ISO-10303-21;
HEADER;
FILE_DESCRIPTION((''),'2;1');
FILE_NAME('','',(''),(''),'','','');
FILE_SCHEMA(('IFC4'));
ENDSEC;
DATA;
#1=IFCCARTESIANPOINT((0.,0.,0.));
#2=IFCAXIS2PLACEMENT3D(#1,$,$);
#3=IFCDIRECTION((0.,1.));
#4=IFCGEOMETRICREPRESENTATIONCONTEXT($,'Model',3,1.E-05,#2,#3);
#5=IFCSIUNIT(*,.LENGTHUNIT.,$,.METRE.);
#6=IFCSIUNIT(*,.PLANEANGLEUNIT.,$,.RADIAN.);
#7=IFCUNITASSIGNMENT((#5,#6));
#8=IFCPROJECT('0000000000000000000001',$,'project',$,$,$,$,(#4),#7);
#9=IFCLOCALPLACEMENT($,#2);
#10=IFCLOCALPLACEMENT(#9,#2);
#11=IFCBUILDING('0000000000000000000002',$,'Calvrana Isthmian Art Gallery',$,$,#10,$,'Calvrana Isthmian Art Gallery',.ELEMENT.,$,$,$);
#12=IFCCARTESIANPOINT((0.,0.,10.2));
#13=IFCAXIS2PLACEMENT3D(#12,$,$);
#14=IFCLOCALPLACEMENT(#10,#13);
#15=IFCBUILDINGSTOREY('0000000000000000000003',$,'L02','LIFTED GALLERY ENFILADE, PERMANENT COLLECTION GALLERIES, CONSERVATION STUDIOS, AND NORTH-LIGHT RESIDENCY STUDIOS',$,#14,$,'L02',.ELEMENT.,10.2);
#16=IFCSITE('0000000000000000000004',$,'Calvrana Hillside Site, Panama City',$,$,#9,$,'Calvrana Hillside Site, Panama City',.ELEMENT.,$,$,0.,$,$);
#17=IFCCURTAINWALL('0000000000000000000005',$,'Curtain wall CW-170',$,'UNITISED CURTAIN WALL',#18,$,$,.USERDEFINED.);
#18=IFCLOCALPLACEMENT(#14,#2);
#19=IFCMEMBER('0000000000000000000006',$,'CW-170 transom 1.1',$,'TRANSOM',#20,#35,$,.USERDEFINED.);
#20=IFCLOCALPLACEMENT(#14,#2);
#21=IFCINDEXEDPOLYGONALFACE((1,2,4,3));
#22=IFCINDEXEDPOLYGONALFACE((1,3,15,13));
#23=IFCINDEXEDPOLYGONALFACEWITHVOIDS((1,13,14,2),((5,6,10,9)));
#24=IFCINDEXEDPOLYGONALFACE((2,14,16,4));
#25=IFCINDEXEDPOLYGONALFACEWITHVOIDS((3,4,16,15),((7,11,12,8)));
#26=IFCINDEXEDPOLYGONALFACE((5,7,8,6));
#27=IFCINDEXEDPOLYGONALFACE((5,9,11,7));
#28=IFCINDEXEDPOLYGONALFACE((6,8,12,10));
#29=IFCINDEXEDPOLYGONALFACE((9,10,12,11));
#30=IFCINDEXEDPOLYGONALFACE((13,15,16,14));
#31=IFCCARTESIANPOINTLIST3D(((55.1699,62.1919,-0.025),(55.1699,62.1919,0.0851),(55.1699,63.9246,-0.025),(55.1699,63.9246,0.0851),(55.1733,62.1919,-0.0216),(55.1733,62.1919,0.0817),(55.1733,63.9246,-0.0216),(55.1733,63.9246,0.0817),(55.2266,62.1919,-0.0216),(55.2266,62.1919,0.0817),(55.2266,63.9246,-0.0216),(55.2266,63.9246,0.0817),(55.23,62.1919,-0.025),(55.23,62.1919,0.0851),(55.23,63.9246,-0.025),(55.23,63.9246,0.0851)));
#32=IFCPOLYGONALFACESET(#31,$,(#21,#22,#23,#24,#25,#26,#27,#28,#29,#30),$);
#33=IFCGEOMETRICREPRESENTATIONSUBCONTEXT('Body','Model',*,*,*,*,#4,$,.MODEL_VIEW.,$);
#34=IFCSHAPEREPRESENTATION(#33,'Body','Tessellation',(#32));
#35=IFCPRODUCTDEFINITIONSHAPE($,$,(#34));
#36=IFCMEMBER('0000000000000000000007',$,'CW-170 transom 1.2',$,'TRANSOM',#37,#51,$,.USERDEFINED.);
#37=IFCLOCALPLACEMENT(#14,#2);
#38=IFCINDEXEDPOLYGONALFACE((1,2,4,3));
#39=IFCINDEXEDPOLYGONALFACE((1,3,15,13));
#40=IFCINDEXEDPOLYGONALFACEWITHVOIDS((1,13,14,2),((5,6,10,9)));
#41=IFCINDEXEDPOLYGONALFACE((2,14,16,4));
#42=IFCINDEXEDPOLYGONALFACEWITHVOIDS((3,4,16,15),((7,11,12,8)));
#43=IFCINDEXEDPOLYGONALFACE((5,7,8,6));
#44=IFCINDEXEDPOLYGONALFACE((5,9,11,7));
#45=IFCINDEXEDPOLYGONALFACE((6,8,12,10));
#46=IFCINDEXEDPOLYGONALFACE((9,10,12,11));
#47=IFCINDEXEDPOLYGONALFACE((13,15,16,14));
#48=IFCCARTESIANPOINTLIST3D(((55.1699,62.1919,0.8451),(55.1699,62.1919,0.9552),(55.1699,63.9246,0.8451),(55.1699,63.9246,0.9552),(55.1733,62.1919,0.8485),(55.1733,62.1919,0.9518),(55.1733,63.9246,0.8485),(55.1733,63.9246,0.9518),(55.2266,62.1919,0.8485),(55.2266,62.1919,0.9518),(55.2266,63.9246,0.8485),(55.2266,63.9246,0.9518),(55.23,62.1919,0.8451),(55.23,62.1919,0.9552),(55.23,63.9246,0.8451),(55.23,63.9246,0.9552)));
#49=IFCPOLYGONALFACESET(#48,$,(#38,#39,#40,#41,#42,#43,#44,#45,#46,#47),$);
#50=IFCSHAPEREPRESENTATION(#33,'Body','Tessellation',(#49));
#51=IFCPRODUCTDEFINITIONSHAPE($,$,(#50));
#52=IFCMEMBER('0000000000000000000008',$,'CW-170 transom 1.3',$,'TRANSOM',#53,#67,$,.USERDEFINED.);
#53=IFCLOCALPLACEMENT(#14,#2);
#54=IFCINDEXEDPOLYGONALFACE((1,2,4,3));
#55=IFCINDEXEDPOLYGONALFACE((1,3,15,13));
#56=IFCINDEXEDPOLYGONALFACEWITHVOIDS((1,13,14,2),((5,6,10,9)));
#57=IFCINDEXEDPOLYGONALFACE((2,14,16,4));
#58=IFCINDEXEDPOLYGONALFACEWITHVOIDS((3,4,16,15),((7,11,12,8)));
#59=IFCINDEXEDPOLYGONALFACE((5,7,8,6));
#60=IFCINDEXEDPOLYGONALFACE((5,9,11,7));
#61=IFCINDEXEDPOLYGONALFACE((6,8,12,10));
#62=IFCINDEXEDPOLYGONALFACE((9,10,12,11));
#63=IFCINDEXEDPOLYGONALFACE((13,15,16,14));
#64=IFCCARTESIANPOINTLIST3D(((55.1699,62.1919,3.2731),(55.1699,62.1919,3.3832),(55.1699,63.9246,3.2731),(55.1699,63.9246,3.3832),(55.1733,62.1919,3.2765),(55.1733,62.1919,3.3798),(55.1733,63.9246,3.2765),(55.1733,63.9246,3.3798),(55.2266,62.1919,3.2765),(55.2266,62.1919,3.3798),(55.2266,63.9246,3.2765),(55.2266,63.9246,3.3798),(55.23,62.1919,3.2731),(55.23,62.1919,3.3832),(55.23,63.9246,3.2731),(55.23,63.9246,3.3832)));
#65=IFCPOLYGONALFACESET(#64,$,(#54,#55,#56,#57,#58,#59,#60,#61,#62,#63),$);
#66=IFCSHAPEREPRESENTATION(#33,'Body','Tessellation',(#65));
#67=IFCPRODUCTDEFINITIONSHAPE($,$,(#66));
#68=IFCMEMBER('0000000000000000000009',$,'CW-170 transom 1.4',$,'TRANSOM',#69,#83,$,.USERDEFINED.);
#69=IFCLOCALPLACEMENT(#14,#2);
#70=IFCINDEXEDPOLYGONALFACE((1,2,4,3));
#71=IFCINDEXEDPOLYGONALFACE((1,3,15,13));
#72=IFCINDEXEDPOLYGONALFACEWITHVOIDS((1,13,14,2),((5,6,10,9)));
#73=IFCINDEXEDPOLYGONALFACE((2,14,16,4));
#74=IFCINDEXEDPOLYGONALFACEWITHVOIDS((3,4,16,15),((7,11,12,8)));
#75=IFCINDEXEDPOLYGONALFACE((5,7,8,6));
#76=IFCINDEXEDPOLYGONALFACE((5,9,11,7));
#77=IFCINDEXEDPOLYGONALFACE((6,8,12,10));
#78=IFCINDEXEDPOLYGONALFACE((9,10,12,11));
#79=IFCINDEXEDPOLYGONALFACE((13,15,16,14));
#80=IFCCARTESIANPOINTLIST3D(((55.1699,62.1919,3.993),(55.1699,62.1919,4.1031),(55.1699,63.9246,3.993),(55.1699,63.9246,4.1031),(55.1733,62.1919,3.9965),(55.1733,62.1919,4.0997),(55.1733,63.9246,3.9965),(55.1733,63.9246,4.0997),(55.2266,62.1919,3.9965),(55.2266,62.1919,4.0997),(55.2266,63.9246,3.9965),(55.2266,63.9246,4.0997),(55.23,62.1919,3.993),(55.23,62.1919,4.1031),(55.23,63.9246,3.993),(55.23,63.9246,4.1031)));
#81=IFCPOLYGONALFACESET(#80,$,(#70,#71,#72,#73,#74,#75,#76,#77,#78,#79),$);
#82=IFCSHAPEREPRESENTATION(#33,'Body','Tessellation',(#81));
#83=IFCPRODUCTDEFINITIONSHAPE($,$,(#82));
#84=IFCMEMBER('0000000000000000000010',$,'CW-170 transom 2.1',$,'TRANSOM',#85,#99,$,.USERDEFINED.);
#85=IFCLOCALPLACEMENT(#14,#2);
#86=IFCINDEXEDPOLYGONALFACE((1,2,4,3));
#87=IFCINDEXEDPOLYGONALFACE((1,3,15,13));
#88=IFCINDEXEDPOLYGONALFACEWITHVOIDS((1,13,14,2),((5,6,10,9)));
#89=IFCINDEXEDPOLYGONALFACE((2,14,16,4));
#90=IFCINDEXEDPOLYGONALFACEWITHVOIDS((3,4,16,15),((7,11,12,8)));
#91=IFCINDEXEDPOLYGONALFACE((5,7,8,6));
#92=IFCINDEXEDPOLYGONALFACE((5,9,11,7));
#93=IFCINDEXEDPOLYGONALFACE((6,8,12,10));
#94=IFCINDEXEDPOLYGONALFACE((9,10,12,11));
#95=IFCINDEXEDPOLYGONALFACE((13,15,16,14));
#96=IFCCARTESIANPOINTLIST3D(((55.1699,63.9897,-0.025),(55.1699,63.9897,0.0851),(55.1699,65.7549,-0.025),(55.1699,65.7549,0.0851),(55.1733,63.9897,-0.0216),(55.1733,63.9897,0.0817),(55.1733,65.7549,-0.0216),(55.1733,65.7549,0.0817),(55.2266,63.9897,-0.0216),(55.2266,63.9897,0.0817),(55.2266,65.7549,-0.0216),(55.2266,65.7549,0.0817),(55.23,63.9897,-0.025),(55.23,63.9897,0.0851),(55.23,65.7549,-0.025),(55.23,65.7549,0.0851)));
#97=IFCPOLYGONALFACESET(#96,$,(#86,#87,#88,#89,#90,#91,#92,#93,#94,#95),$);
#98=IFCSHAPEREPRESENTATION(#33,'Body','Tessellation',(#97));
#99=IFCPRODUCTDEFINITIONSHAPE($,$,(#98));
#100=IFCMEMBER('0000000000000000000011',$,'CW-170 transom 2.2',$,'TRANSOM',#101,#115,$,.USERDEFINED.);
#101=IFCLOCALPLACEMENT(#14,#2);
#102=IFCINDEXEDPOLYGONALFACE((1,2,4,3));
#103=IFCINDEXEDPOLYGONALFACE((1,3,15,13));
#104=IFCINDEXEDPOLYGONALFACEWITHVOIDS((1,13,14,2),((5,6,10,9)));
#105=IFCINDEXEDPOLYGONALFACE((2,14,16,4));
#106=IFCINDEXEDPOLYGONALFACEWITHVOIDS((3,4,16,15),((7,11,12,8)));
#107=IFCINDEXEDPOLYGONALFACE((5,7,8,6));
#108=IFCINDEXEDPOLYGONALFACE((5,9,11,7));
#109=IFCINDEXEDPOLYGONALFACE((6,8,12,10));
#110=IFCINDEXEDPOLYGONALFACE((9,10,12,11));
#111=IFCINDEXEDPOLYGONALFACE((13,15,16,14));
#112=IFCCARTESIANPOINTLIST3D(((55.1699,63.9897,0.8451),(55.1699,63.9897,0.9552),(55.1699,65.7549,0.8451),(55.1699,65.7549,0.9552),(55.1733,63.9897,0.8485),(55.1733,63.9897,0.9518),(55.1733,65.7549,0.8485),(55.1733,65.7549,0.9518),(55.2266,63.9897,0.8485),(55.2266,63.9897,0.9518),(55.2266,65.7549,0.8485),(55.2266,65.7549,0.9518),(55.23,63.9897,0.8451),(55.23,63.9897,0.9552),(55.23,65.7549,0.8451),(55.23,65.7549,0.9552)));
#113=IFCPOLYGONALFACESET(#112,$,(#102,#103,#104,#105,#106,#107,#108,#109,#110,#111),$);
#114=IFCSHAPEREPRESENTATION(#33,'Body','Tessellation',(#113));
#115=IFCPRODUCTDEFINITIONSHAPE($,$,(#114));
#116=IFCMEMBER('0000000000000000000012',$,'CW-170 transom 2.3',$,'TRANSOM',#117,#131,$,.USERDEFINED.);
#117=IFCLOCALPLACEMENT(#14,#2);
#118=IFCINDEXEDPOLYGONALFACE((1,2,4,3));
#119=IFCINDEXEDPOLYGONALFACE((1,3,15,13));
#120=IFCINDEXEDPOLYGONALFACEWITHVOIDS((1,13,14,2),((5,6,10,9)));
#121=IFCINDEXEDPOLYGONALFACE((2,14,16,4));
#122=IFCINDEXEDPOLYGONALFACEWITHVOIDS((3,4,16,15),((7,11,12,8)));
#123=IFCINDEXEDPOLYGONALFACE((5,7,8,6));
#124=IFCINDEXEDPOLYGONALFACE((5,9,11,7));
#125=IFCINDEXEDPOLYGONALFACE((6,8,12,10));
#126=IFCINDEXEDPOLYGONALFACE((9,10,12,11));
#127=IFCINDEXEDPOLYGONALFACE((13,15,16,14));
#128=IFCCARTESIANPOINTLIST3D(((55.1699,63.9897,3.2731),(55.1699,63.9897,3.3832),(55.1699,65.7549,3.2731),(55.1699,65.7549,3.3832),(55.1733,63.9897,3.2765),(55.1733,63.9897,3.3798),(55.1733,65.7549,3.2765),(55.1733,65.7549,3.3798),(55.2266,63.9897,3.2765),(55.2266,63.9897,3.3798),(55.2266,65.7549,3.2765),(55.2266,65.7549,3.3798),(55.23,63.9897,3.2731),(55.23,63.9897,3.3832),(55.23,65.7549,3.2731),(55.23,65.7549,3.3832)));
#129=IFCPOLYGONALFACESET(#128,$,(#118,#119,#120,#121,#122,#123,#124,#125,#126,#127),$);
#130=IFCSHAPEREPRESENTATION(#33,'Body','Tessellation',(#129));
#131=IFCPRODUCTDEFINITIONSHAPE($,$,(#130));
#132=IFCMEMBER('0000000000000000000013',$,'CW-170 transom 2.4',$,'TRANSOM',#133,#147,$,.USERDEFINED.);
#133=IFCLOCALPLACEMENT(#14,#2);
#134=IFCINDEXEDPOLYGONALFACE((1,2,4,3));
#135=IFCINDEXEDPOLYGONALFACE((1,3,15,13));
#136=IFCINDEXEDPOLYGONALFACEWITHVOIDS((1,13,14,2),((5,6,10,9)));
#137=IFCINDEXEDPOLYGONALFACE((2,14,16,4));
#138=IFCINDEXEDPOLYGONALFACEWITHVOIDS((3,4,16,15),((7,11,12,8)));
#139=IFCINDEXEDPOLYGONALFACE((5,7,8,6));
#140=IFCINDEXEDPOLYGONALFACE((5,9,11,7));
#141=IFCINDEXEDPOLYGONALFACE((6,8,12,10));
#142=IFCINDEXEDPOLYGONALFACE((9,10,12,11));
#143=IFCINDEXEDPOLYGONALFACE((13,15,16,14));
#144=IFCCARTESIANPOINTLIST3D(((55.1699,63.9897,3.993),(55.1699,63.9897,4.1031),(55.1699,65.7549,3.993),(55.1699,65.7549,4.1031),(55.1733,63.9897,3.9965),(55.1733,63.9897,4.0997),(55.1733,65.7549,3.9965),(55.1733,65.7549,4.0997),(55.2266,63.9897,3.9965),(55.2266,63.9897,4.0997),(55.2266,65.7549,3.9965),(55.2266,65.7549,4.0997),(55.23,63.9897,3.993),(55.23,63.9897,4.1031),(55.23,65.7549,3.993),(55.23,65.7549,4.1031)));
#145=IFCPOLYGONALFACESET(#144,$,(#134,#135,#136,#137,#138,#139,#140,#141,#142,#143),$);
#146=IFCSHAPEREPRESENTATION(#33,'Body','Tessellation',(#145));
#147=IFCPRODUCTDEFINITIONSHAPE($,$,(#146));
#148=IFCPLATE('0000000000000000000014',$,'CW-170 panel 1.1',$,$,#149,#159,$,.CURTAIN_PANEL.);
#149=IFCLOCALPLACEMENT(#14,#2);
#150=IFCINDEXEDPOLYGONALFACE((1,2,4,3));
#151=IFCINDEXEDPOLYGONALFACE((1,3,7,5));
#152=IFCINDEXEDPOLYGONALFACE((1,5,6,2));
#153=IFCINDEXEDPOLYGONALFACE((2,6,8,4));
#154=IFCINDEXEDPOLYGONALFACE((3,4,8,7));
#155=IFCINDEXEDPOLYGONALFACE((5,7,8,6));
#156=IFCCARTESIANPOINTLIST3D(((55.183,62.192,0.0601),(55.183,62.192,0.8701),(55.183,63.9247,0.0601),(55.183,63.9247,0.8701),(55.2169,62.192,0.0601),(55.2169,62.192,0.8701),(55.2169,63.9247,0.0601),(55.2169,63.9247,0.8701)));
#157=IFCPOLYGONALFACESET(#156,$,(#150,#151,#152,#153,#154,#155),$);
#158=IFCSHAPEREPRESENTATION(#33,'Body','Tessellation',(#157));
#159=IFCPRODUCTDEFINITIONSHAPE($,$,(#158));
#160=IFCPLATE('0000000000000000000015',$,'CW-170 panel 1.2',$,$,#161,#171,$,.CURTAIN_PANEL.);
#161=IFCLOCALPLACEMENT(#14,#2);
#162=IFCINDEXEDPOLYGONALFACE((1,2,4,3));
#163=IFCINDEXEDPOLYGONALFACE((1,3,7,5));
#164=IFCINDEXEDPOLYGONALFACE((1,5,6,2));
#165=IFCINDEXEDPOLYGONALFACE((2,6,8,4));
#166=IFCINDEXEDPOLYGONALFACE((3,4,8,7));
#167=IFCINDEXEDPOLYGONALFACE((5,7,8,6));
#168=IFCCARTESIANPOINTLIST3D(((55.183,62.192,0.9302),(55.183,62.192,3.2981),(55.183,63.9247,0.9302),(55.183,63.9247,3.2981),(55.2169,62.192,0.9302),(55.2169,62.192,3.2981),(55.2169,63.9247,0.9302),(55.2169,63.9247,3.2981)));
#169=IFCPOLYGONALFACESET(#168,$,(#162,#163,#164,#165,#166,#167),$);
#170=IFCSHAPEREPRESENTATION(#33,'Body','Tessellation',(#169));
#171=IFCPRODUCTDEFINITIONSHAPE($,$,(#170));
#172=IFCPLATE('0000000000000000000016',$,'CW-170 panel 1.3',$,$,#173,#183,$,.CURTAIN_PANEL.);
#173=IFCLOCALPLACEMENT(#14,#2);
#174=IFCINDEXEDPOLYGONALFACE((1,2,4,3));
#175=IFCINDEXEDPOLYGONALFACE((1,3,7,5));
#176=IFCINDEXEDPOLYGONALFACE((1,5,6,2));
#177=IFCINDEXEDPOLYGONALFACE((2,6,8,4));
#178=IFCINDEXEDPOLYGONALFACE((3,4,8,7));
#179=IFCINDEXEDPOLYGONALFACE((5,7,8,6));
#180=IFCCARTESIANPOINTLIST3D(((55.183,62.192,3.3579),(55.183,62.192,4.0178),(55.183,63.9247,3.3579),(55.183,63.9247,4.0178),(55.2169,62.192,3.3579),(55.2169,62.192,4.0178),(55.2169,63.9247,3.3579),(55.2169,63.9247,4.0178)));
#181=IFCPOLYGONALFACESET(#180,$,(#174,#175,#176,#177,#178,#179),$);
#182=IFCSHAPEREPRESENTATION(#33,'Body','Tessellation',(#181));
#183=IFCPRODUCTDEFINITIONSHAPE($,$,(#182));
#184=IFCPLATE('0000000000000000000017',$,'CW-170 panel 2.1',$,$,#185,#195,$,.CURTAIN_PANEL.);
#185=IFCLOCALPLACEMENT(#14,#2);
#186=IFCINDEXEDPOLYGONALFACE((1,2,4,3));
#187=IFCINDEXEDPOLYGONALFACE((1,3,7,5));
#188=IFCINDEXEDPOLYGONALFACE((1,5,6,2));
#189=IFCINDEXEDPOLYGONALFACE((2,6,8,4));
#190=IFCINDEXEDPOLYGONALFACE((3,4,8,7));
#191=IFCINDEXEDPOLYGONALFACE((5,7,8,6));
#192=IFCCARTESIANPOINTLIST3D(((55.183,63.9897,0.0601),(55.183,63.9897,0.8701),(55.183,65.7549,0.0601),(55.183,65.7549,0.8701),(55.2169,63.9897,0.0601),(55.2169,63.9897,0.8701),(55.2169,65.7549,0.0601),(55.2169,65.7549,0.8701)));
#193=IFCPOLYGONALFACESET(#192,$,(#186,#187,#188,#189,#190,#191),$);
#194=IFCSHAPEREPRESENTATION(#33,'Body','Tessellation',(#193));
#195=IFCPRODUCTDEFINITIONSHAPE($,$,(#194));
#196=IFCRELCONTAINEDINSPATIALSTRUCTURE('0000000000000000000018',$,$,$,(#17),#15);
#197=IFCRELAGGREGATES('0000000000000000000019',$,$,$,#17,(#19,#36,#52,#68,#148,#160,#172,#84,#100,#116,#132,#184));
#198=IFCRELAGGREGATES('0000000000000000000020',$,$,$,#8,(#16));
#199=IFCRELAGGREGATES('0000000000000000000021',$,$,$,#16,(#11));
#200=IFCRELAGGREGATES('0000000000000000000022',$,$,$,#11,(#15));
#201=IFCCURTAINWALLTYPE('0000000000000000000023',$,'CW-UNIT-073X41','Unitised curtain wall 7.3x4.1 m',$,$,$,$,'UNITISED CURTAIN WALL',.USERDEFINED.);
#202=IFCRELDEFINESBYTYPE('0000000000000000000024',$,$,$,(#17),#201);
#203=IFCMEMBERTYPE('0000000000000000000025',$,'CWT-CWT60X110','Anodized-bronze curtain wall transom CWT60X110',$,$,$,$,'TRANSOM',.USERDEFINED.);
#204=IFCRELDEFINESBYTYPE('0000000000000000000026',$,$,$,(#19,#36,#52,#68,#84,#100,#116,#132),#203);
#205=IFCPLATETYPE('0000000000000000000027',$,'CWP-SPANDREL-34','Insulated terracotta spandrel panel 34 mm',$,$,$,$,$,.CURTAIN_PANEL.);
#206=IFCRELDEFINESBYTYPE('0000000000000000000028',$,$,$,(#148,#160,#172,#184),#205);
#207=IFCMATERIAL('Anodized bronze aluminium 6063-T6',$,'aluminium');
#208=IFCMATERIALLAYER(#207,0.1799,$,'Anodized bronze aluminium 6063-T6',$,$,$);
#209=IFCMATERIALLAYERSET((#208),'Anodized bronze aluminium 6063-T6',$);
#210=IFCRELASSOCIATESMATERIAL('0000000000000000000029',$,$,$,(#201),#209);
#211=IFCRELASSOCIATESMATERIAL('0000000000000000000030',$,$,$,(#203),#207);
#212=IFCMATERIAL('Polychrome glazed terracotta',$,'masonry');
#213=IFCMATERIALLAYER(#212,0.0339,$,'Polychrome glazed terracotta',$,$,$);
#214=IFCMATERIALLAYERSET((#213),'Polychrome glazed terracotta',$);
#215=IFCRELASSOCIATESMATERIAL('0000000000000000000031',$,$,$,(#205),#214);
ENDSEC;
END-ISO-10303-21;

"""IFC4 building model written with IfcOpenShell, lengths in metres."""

from ifc_helpers import new_model, si_unit, direction, frame, origin, origin_2d, place, context, subcontext, project, spatial, rectangle, hollow_rectangle, extrude, material, layer, layer_set, material_profile, profile_set, type_object, element, aggregate, save


model = new_model("IFC4")

# Units and contexts
model_context = context("Model", 3, precision=1e-05, world=origin(), true_north=direction((0.0, 1.0)))
body_context = subcontext(model_context, "Body", "Model", "MODEL_VIEW")
ifc_project = project(units=[si_unit("LENGTHUNIT", "METRE"), si_unit("PLANEANGLEUNIT", "RADIAN")], contexts=[model_context])

# Site, building, storey
site_placement = place(None, origin())
site = spatial("IfcSite", under=ifc_project, at=site_placement, Name="Calvrana Hillside Site, Panama City", LongName="Calvrana Hillside Site, Panama City", CompositionType="ELEMENT", RefElevation=0.0)
building_placement = place(site_placement, origin())
building = spatial("IfcBuilding", under=site, at=building_placement, Name="Calvrana Isthmian Art Gallery", LongName="Calvrana Isthmian Art Gallery", CompositionType="ELEMENT")
storey_placement = place(building_placement, frame((0.0, 0.0, 10.2)))
storey = spatial("IfcBuildingStorey", under=building, at=storey_placement, Name="L02", Description="LIFTED GALLERY ENFILADE, PERMANENT COLLECTION GALLERIES, CONSERVATION STUDIOS, AND NORTH-LIGHT RESIDENCY STUDIOS", LongName="L02", CompositionType="ELEMENT", Elevation=10.2)

# Curtain wall, members, plates
ifc_material_1 = material(Name="Anodized bronze aluminium 6063-T6", Category="aluminium")
ifc_layer_1 = layer(ifc_material_1, 0.1799, Name="Anodized bronze aluminium 6063-T6")
ifc_layer_set_1 = layer_set([ifc_layer_1], Name="Anodized bronze aluminium 6063-T6")
curtain_wall_type = type_object("IfcCurtainWallType", Name="CW-UNIT-073X41", Description="Unitised curtain wall 7.3x4.1 m", ElementType="UNITISED CURTAIN WALL", PredefinedType="USERDEFINED", material=ifc_layer_set_1)
curtain_wall_placement = place(storey_placement, origin())
curtain_wall = element("IfcCurtainWall", 1, at=curtain_wall_placement, inside=storey, type_object=curtain_wall_type, Name="Curtain wall CW-170", ObjectType="UNITISED CURTAIN WALL", PredefinedType="USERDEFINED")
ifc_material_profile_1 = material_profile(ifc_material_1, hollow_rectangle(XDim=0.0601, YDim=0.1101, WallThickness=0.0034, at=origin_2d()), Name="CWT60X110")
ifc_profile_set_1 = profile_set([ifc_material_profile_1], Name="Anodized bronze aluminium 6063-T6")
member_type_1 = type_object("IfcMemberType", Name="CWT-CWT60X110", Description="Anodized-bronze curtain wall transom CWT60X110", ElementType="TRANSOM", PredefinedType="USERDEFINED", material=ifc_profile_set_1)
member_1_placement = place(storey_placement, frame((55.2, 62.1919, 0.03), z_axis=(0.0, 1.0, 0.0), x_axis=(-1.0, 0.0, 0.0)))
member_1 = element("IfcMember", 2, at=member_1_placement, type_object=member_type_1, Name="CW-170 transom 1.1", ObjectType="TRANSOM", PredefinedType="USERDEFINED", context=body_context, shape_type="SweptSolid", body=[
    extrude(hollow_rectangle(XDim=0.0601, YDim=0.1101, WallThickness=0.0034, at=origin_2d()), origin(), (0.0, 0.0, 1.0), 1.7327),
])
member_2_placement = place(storey_placement, frame((55.2, 62.1919, 0.9001), z_axis=(0.0, 1.0, 0.0), x_axis=(-1.0, 0.0, 0.0)))
member_2 = element("IfcMember", 3, at=member_2_placement, type_object=member_type_1, Name="CW-170 transom 1.2", ObjectType="TRANSOM", PredefinedType="USERDEFINED", context=body_context, shape_type="SweptSolid", body=[
    extrude(hollow_rectangle(XDim=0.0601, YDim=0.1101, WallThickness=0.0034, at=origin_2d()), origin(), (0.0, 0.0, 1.0), 1.7327),
])
member_3_placement = place(storey_placement, frame((55.2, 62.1919, 3.3281), z_axis=(0.0, 1.0, 0.0), x_axis=(-1.0, 0.0, 0.0)))
member_3 = element("IfcMember", 4, at=member_3_placement, type_object=member_type_1, Name="CW-170 transom 1.3", ObjectType="TRANSOM", PredefinedType="USERDEFINED", context=body_context, shape_type="SweptSolid", body=[
    extrude(hollow_rectangle(XDim=0.0601, YDim=0.1101, WallThickness=0.0034, at=origin_2d()), origin(), (0.0, 0.0, 1.0), 1.7327),
])
member_4_placement = place(storey_placement, frame((55.2, 62.1919, 4.0481), z_axis=(0.0, 1.0, 0.0), x_axis=(-1.0, 0.0, 0.0)))
member_4 = element("IfcMember", 5, at=member_4_placement, type_object=member_type_1, Name="CW-170 transom 1.4", ObjectType="TRANSOM", PredefinedType="USERDEFINED", context=body_context, shape_type="SweptSolid", body=[
    extrude(hollow_rectangle(XDim=0.0601, YDim=0.1101, WallThickness=0.0034, at=origin_2d()), origin(), (0.0, 0.0, 1.0), 1.7327),
])
member_5_placement = place(storey_placement, frame((55.2, 63.9897, 0.03), z_axis=(0.0, 1.0, 0.0), x_axis=(-1.0, 0.0, 0.0)))
member_5 = element("IfcMember", 6, at=member_5_placement, type_object=member_type_1, Name="CW-170 transom 2.1", ObjectType="TRANSOM", PredefinedType="USERDEFINED", context=body_context, shape_type="SweptSolid", body=[
    extrude(hollow_rectangle(XDim=0.0601, YDim=0.1101, WallThickness=0.0034, at=origin_2d()), origin(), (0.0, 0.0, 1.0), 1.7651),
])
member_6_placement = place(storey_placement, frame((55.2, 63.9897, 0.9001), z_axis=(0.0, 1.0, 0.0), x_axis=(-1.0, 0.0, 0.0)))
member_6 = element("IfcMember", 7, at=member_6_placement, type_object=member_type_1, Name="CW-170 transom 2.2", ObjectType="TRANSOM", PredefinedType="USERDEFINED", context=body_context, shape_type="SweptSolid", body=[
    extrude(hollow_rectangle(XDim=0.0601, YDim=0.1101, WallThickness=0.0034, at=origin_2d()), origin(), (0.0, 0.0, 1.0), 1.7651),
])
member_7_placement = place(storey_placement, frame((55.2, 63.9897, 3.3281), z_axis=(0.0, 1.0, 0.0), x_axis=(-1.0, 0.0, 0.0)))
member_7 = element("IfcMember", 8, at=member_7_placement, type_object=member_type_1, Name="CW-170 transom 2.3", ObjectType="TRANSOM", PredefinedType="USERDEFINED", context=body_context, shape_type="SweptSolid", body=[
    extrude(hollow_rectangle(XDim=0.0601, YDim=0.1101, WallThickness=0.0034, at=origin_2d()), origin(), (0.0, 0.0, 1.0), 1.7651),
])
member_8_placement = place(storey_placement, frame((55.2, 63.9897, 4.0481), z_axis=(0.0, 1.0, 0.0), x_axis=(-1.0, 0.0, 0.0)))
member_8 = element("IfcMember", 9, at=member_8_placement, type_object=member_type_1, Name="CW-170 transom 2.4", ObjectType="TRANSOM", PredefinedType="USERDEFINED", context=body_context, shape_type="SweptSolid", body=[
    extrude(hollow_rectangle(XDim=0.0601, YDim=0.1101, WallThickness=0.0034, at=origin_2d()), origin(), (0.0, 0.0, 1.0), 1.7651),
])
ifc_material_2 = material(Name="Polychrome glazed terracotta", Category="masonry")
ifc_layer_2 = layer(ifc_material_2, 0.0339, Name="Polychrome glazed terracotta")
ifc_layer_set_2 = layer_set([ifc_layer_2], Name="Polychrome glazed terracotta")
plate_type_1 = type_object("IfcPlateType", Name="CWP-SPANDREL-34", Description="Insulated terracotta spandrel panel 34 mm", PredefinedType="CURTAIN_PANEL", material=ifc_layer_set_2)
plate_1_placement = place(storey_placement, frame((55.2, 63.0583, 0.0601), z_axis=(0.0, 0.0, 1.0), x_axis=(0.0, 1.0, 0.0)))
plate_1 = element("IfcPlate", 10, at=plate_1_placement, type_object=plate_type_1, Name="CW-170 panel 1.1", PredefinedType="CURTAIN_PANEL", context=body_context, shape_type="SweptSolid", body=[
    extrude(rectangle(XDim=1.7327, YDim=0.0339, at=origin_2d()), origin(), (0.0, 0.0, 1.0), 0.8101),
])
plate_2_placement = place(storey_placement, frame((55.2, 63.0583, 0.9302), z_axis=(0.0, 0.0, 1.0), x_axis=(0.0, 1.0, 0.0)))
plate_2 = element("IfcPlate", 11, at=plate_2_placement, type_object=plate_type_1, Name="CW-170 panel 1.2", PredefinedType="CURTAIN_PANEL", context=body_context, shape_type="SweptSolid", body=[
    extrude(rectangle(XDim=1.7327, YDim=0.0339, at=origin_2d()), origin(), (0.0, 0.0, 1.0), 2.3679),
])
plate_3_placement = place(storey_placement, frame((55.2, 63.0583, 3.3579), z_axis=(0.0, 0.0, 1.0), x_axis=(0.0, 1.0, 0.0)))
plate_3 = element("IfcPlate", 12, at=plate_3_placement, type_object=plate_type_1, Name="CW-170 panel 1.3", PredefinedType="CURTAIN_PANEL", context=body_context, shape_type="SweptSolid", body=[
    extrude(rectangle(XDim=1.7327, YDim=0.0339, at=origin_2d()), origin(), (0.0, 0.0, 1.0), 0.6599),
])
plate_4_placement = place(storey_placement, frame((55.2, 64.8723, 0.0601), z_axis=(0.0, 0.0, 1.0), x_axis=(0.0, 1.0, 0.0)))
plate_4 = element("IfcPlate", 13, at=plate_4_placement, type_object=plate_type_1, Name="CW-170 panel 2.1", PredefinedType="CURTAIN_PANEL", context=body_context, shape_type="SweptSolid", body=[
    extrude(rectangle(XDim=1.7651, YDim=0.0339, at=origin_2d()), origin(), (0.0, 0.0, 1.0), 0.8101),
])
aggregate(curtain_wall, [member_1, member_2, member_3, member_4, plate_1, plate_2, plate_3, member_5, member_6, member_7, member_8, plate_4])

save(model, "model.ifc")
